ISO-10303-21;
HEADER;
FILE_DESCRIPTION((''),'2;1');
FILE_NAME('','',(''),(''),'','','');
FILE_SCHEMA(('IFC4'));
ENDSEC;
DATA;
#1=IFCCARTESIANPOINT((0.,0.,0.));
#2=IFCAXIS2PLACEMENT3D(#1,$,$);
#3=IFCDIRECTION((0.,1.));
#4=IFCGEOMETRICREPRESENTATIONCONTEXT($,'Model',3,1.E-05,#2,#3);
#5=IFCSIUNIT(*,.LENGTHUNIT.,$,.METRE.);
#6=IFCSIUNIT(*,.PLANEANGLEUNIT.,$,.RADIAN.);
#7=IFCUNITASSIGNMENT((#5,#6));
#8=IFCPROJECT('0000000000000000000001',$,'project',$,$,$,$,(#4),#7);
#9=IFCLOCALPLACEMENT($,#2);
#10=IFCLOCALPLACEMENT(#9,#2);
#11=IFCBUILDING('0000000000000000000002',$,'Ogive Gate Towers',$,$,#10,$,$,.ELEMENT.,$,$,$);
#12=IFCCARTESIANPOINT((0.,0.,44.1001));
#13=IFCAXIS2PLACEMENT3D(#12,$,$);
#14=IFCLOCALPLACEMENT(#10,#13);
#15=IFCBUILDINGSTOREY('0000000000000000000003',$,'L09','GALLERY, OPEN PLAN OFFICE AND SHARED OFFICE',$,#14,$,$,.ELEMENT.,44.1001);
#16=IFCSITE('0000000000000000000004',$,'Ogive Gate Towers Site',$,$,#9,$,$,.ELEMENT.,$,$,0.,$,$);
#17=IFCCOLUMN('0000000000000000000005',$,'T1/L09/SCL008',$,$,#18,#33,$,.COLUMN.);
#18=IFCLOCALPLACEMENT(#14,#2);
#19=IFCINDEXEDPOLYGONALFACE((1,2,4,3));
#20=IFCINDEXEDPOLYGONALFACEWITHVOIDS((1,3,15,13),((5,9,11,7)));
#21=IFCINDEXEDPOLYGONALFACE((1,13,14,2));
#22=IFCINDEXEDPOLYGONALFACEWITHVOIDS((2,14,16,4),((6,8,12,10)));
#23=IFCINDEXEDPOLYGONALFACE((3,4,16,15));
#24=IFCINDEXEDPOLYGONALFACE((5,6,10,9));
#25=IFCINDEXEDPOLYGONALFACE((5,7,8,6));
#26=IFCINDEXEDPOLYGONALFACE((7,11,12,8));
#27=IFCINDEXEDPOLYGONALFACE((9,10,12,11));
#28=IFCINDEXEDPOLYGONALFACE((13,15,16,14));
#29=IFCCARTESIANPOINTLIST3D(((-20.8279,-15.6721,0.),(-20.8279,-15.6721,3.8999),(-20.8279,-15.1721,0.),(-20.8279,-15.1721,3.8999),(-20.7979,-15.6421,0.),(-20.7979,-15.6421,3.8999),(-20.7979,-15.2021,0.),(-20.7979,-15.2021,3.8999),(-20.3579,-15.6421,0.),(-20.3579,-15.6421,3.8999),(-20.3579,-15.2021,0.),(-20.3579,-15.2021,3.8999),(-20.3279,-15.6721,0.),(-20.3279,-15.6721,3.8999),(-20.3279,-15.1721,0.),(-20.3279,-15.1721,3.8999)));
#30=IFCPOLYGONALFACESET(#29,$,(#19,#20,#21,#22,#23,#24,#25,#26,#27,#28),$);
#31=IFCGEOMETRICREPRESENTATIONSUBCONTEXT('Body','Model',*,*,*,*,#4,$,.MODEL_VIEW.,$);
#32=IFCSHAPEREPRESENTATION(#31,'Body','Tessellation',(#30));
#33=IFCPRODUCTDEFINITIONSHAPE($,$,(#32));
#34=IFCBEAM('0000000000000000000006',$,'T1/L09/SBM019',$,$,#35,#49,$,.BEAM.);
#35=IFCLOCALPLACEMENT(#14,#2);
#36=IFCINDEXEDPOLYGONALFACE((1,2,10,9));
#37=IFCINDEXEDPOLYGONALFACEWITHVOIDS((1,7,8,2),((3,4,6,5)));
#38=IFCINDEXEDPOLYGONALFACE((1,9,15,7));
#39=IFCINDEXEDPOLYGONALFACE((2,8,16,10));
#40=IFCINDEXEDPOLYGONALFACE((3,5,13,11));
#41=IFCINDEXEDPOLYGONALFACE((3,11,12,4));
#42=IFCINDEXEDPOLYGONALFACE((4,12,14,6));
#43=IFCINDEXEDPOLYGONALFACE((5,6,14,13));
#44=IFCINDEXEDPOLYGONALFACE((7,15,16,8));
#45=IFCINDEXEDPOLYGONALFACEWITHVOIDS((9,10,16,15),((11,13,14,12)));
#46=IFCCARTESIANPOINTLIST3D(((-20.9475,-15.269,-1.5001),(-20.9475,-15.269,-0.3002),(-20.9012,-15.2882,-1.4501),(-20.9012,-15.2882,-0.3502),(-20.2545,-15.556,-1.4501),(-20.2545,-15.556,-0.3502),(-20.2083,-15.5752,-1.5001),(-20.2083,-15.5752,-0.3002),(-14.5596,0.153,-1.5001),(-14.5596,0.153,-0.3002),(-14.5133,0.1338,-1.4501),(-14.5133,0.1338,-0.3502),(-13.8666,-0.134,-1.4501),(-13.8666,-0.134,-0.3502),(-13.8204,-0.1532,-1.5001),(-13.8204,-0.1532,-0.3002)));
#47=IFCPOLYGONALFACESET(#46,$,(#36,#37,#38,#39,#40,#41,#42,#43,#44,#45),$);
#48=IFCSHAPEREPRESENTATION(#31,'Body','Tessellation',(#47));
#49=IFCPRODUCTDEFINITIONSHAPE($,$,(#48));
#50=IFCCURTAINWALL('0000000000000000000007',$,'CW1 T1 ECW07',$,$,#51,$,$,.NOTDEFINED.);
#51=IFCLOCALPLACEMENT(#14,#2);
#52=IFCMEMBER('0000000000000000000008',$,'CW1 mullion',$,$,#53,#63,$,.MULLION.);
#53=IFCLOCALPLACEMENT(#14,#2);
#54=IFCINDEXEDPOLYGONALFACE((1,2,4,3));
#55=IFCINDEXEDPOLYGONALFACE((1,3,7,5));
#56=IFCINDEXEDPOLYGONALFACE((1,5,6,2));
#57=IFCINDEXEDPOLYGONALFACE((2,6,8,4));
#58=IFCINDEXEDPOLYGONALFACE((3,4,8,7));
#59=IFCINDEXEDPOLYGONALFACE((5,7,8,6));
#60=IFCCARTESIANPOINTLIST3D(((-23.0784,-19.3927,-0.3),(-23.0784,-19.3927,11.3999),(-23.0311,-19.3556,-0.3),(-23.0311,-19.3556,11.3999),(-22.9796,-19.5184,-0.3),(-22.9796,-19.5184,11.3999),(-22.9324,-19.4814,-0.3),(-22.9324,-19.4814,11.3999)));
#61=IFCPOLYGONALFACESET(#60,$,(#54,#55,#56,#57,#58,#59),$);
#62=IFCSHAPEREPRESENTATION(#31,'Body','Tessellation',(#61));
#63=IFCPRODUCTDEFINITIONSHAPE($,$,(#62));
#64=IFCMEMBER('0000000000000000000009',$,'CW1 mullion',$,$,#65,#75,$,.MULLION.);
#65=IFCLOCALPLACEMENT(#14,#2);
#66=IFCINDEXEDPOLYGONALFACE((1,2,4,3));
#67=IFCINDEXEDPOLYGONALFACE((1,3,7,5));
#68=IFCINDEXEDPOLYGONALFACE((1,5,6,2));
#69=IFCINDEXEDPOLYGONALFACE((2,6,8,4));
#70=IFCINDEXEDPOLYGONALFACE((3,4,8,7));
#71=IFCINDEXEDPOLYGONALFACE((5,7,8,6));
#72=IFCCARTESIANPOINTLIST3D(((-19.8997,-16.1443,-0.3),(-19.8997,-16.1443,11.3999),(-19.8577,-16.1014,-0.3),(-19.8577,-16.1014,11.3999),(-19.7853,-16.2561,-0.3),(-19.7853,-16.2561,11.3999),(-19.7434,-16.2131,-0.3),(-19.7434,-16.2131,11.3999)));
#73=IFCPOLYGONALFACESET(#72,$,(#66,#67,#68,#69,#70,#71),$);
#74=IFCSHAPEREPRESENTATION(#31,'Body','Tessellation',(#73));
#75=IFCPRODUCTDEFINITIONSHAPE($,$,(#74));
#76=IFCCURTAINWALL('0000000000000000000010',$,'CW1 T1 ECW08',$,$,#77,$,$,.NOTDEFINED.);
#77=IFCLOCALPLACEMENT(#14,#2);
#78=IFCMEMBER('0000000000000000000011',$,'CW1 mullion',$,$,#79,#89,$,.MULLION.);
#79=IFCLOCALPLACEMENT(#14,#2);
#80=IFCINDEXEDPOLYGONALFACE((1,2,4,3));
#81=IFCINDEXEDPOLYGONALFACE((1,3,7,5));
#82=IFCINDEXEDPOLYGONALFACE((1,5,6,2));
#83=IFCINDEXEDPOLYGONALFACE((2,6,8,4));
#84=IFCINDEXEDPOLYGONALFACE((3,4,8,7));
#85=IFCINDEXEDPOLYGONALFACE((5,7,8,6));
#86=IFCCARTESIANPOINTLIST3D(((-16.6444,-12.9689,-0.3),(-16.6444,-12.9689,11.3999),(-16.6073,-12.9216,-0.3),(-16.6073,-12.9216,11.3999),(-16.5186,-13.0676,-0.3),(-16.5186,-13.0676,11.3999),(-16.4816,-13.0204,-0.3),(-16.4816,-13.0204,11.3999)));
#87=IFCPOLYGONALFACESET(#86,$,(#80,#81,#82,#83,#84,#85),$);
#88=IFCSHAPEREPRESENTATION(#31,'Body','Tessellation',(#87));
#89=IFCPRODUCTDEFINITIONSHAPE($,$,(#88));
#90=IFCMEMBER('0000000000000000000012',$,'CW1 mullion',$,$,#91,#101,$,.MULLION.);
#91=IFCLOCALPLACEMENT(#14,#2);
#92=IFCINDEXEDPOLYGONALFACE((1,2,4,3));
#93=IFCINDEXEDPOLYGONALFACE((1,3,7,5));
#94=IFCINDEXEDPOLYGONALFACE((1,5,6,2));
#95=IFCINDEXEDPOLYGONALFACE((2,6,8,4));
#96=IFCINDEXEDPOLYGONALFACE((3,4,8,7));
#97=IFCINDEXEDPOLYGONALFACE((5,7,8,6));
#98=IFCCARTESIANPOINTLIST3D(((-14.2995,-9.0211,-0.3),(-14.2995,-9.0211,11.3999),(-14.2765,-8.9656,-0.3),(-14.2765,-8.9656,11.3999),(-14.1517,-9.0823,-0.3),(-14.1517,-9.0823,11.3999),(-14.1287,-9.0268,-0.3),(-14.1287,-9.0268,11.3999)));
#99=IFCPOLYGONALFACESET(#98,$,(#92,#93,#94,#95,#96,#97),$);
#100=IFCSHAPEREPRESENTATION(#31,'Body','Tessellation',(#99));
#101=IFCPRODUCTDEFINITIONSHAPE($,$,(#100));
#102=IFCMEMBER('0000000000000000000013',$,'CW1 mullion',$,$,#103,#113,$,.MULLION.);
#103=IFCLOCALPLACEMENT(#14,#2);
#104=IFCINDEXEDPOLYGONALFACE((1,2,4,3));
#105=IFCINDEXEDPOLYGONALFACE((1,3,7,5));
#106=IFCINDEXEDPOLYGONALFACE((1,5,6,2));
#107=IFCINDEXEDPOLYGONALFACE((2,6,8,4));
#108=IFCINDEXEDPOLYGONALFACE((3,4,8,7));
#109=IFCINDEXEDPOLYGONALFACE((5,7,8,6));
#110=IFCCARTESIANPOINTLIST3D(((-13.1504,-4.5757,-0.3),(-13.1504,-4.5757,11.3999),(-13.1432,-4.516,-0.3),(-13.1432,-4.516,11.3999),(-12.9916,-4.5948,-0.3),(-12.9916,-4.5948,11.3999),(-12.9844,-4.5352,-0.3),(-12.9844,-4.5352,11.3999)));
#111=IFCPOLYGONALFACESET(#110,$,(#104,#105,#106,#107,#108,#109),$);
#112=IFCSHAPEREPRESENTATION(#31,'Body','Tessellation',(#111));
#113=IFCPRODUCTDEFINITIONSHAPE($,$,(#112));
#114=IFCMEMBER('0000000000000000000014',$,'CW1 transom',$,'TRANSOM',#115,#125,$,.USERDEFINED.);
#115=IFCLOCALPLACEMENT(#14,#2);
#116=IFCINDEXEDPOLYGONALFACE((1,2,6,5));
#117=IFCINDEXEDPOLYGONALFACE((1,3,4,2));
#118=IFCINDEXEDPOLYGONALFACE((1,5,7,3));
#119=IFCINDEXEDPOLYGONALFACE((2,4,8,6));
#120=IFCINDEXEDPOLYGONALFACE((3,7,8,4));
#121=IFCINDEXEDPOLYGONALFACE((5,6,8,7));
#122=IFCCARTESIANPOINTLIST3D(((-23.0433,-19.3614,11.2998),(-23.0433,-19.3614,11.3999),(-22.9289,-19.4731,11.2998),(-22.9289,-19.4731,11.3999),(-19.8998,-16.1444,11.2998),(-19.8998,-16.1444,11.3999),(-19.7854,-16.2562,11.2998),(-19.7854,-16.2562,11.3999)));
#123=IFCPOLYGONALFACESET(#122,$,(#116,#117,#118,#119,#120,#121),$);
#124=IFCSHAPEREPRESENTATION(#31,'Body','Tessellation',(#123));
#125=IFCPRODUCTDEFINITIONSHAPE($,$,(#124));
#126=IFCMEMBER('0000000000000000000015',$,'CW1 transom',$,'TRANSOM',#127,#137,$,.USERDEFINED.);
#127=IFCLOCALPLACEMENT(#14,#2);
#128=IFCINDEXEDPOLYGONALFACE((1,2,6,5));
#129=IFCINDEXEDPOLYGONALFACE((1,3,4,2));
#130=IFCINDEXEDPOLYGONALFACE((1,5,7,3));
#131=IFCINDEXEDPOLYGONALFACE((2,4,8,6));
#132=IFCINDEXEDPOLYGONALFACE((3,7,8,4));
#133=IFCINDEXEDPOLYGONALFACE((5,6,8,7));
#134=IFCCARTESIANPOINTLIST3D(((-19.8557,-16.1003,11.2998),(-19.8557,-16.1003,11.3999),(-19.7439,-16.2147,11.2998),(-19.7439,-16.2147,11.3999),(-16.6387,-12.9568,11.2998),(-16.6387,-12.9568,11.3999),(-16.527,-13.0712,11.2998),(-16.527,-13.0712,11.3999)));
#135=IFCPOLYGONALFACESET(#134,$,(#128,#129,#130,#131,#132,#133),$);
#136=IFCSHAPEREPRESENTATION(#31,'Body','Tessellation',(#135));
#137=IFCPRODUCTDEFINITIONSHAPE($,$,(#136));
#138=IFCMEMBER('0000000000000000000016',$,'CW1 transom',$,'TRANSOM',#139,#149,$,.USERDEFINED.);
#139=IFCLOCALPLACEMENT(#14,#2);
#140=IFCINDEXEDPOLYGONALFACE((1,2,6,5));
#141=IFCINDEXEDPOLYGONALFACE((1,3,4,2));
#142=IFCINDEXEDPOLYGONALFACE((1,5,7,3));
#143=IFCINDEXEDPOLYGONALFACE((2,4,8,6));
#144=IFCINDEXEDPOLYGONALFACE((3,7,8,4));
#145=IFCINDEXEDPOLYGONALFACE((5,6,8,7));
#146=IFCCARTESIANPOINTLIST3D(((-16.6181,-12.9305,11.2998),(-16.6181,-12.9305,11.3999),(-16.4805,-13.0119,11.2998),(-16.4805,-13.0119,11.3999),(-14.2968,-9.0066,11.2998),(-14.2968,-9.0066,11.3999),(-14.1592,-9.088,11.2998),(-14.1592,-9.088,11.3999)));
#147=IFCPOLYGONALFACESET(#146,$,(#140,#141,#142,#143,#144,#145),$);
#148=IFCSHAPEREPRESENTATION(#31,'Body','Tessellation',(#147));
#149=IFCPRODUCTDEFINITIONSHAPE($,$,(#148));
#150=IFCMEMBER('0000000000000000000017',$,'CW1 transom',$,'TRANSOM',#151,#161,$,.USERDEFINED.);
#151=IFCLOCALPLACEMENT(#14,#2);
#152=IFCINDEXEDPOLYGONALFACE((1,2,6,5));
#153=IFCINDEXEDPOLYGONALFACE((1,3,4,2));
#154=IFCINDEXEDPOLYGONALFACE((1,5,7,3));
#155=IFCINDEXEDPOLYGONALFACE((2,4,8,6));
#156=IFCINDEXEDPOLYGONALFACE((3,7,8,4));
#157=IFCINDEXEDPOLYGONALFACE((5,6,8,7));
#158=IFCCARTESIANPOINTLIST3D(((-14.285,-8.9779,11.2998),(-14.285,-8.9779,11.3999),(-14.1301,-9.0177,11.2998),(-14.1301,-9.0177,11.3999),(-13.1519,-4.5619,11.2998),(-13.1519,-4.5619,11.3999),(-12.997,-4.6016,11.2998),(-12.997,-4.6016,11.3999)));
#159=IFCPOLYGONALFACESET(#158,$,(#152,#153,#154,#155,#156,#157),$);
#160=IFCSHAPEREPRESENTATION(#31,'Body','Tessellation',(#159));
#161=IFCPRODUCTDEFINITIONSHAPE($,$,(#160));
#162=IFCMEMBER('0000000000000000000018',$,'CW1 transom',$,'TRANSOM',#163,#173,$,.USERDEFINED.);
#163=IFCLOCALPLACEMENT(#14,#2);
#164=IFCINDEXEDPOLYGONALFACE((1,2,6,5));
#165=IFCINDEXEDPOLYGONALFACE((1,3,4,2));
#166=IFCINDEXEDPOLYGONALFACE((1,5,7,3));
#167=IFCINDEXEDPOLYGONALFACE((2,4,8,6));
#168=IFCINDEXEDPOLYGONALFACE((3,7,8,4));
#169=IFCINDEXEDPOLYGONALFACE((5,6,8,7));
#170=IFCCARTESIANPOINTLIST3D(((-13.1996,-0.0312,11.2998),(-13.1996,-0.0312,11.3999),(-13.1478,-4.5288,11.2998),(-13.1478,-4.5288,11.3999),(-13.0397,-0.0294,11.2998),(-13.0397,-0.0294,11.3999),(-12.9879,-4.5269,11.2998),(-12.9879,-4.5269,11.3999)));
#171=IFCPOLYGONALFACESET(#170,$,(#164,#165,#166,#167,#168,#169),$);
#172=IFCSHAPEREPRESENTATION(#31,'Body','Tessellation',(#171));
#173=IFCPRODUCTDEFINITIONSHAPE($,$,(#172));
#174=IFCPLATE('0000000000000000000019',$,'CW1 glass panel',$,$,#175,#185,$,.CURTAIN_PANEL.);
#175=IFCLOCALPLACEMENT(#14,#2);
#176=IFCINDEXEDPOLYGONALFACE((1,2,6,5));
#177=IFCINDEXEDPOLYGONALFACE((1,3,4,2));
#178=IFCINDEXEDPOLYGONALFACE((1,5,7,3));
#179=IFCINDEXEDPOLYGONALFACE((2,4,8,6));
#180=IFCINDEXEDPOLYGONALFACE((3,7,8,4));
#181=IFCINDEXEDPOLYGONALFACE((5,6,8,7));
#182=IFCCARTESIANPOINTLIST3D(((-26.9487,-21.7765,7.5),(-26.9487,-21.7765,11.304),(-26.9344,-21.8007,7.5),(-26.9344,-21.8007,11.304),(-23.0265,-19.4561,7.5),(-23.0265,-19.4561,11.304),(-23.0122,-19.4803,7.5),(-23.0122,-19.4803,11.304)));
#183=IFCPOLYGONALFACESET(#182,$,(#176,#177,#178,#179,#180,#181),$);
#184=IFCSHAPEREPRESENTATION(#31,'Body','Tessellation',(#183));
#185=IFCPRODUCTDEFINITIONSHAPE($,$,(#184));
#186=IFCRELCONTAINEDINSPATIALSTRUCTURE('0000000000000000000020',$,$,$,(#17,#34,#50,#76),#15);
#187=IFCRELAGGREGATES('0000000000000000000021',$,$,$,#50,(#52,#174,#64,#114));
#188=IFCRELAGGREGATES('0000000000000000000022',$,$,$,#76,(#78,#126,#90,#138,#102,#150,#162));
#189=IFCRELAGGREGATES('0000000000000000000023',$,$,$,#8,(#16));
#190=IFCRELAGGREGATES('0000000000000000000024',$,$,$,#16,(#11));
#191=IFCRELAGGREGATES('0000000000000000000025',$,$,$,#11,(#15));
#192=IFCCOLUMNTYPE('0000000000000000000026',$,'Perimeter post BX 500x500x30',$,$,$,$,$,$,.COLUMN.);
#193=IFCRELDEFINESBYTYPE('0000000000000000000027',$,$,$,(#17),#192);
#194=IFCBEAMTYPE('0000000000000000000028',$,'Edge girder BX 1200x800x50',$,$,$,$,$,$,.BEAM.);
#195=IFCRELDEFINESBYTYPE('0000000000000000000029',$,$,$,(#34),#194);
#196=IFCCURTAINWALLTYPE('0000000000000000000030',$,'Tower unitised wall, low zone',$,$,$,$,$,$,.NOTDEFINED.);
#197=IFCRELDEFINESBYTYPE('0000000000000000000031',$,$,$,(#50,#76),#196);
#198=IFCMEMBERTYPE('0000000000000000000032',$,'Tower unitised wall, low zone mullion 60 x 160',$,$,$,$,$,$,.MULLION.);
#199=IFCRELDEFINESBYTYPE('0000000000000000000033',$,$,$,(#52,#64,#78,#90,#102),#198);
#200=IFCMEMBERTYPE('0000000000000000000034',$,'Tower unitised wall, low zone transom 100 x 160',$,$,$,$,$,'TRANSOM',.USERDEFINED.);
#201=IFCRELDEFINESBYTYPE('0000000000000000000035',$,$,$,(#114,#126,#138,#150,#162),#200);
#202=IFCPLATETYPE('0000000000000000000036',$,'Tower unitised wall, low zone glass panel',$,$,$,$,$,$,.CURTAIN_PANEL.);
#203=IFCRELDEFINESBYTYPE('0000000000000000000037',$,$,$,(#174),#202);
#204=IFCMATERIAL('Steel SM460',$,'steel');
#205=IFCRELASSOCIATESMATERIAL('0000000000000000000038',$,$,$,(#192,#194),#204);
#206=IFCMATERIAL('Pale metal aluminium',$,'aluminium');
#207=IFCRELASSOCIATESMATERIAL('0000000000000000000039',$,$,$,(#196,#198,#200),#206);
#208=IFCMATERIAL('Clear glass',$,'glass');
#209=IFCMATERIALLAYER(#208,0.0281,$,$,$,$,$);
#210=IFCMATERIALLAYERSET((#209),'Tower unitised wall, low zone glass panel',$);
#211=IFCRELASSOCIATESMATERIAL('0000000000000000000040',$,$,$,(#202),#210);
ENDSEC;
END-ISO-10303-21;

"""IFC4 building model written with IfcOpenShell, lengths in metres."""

from ifc_helpers import new_model, si_unit, direction, frame, origin, origin_2d, place, context, subcontext, project, spatial, rectangle, hollow_rectangle, extrude, material, layer, layer_set, material_profile, profile_set, type_object, element, aggregate, save


model = new_model("IFC4")

# Units and contexts
model_context = context("Model", 3, precision=1e-05, world=origin(), true_north=direction((0.0, 1.0)))
body_context = subcontext(model_context, "Body", "Model", "MODEL_VIEW")
ifc_project = project(units=[si_unit("LENGTHUNIT", "METRE"), si_unit("PLANEANGLEUNIT", "RADIAN")], contexts=[model_context])

# Site, building, storey
site_placement = place(None, origin())
site = spatial("IfcSite", under=ifc_project, at=site_placement, Name="Ogive Gate Towers Site", CompositionType="ELEMENT", RefElevation=0.0)
building_placement = place(site_placement, origin())
building = spatial("IfcBuilding", under=site, at=building_placement, Name="Ogive Gate Towers", CompositionType="ELEMENT")
storey_placement = place(building_placement, frame((0.0, 0.0, 44.1001)))
storey = spatial("IfcBuildingStorey", under=building, at=storey_placement, Name="L09", Description="GALLERY, OPEN PLAN OFFICE AND SHARED OFFICE", CompositionType="ELEMENT", Elevation=44.1001)

# Column
ifc_material_1 = material(Name="Steel SM460", Category="steel")
ifc_material_profile_1 = material_profile(ifc_material_1, hollow_rectangle(XDim=0.5, YDim=0.5, WallThickness=0.03, at=origin_2d()), Name="BX 500x500x30")
ifc_profile_set_1 = profile_set([ifc_material_profile_1], Name="Steel SM460")
column_type = type_object("IfcColumnType", Name="Perimeter post BX 500x500x30", PredefinedType="COLUMN", material=ifc_profile_set_1)
column_placement = place(storey_placement, frame((-20.5779, -15.4221, 0.0), z_axis=(0.0, 0.0, 1.0), x_axis=(1.0, 0.0, 0.0)))
element("IfcColumn", 1, at=column_placement, inside=storey, type_object=column_type, Name="T1/L09/SCL008", PredefinedType="COLUMN", context=body_context, shape_type="SweptSolid", body=[
    extrude(hollow_rectangle(XDim=0.5, YDim=0.5, WallThickness=0.03, at=origin_2d()), origin(), (0.0, 0.0, 1.0), 3.8999),
])

# Beam
ifc_material_profile_2 = material_profile(ifc_material_1, hollow_rectangle(XDim=0.8, YDim=1.2, WallThickness=0.05, at=origin_2d()), Name="BX 1200x800x50")
ifc_profile_set_2 = profile_set([ifc_material_profile_2], Name="Steel SM460")
beam_type = type_object("IfcBeamType", Name="Edge girder BX 1200x800x50", PredefinedType="BEAM", material=ifc_profile_set_2)
beam_placement = place(storey_placement, frame((-20.5779, -15.4221, -0.9001), z_axis=(0.382678, 0.923882, 0.0), x_axis=(-0.923882, 0.382678, 0.0)))
element("IfcBeam", 2, at=beam_placement, inside=storey, type_object=beam_type, Name="T1/L09/SBM019", PredefinedType="BEAM", context=body_context, shape_type="SweptSolid", body=[
    extrude(hollow_rectangle(XDim=0.8, YDim=1.2, WallThickness=0.05, at=origin_2d()), origin(), (0.0, 0.0, 1.0), 16.6926),
])

# Curtain walls, members
ifc_material_2 = material(Name="Pale metal aluminium", Category="aluminium")
curtain_wall_type = type_object("IfcCurtainWallType", Name="Tower unitised wall, low zone", PredefinedType="NOTDEFINED", material=ifc_material_2)
curtain_wall_1_placement = place(storey_placement, origin())
curtain_wall_1 = element("IfcCurtainWall", 3, at=curtain_wall_1_placement, inside=storey, type_object=curtain_wall_type, Name="CW1 T1 ECW07", PredefinedType="NOTDEFINED")
ifc_material_profile_3 = material_profile(ifc_material_2, rectangle(XDim=0.1599, YDim=0.0601, at=origin_2d()), Name="60 x 160 aluminium box")
ifc_profile_set_3 = profile_set([ifc_material_profile_3], Name="Pale metal aluminium")
member_type_1 = type_object("IfcMemberType", Name="Tower unitised wall, low zone mullion 60 x 160", PredefinedType="MULLION", material=ifc_profile_set_3)
member_1_placement = place(storey_placement, frame((-23.0054, -19.437, -0.3), z_axis=(0.0, 0.0, 1.0), x_axis=(0.617516, -0.786558, 0.0)))
member_1 = element("IfcMember", 4, at=member_1_placement, type_object=member_type_1, Name="CW1 mullion", PredefinedType="MULLION", context=body_context, shape_type="SweptSolid", body=[
    extrude(rectangle(XDim=0.1599, YDim=0.0601, at=origin_2d()), origin(), (0.0, 0.0, 1.0), 11.7),
])
member_2_placement = place(storey_placement, frame((-19.8215, -16.1787, -0.3), z_axis=(0.0, 0.0, 1.0), x_axis=(0.715205, -0.698915, 0.0)))
member_2 = element("IfcMember", 5, at=member_2_placement, type_object=member_type_1, Name="CW1 mullion", PredefinedType="MULLION", context=body_context, shape_type="SweptSolid", body=[
    extrude(rectangle(XDim=0.1599, YDim=0.0601, at=origin_2d()), origin(), (0.0, 0.0, 1.0), 11.7),
])
curtain_wall_2_placement = place(storey_placement, origin())
curtain_wall_2 = element("IfcCurtainWall", 6, at=curtain_wall_2_placement, inside=storey, type_object=curtain_wall_type, Name="CW1 T1 ECW08", PredefinedType="NOTDEFINED")
member_3_placement = place(storey_placement, frame((-16.563, -12.9946, -0.3), z_axis=(0.0, 0.0, 1.0), x_axis=(0.786558, -0.617516, 0.0)))
member_3 = element("IfcMember", 7, at=member_3_placement, type_object=member_type_1, Name="CW1 mullion", PredefinedType="MULLION", context=body_context, shape_type="SweptSolid", body=[
    extrude(rectangle(XDim=0.1599, YDim=0.0601, at=origin_2d()), origin(), (0.0, 0.0, 1.0), 11.7),
])
member_4_placement = place(storey_placement, frame((-14.2141, -9.0239, -0.3), z_axis=(0.0, 0.0, 1.0), x_axis=(0.92388, -0.382683, 0.0)))
member_4 = element("IfcMember", 8, at=member_4_placement, type_object=member_type_1, Name="CW1 mullion", PredefinedType="MULLION", context=body_context, shape_type="SweptSolid", body=[
    extrude(rectangle(XDim=0.1599, YDim=0.0601, at=origin_2d()), origin(), (0.0, 0.0, 1.0), 11.7),
])
member_5_placement = place(storey_placement, frame((-13.0674, -4.5554, -0.3), z_axis=(0.0, 0.0, 1.0), x_axis=(0.992828, -0.119548, 0.0)))
member_5 = element("IfcMember", 9, at=member_5_placement, type_object=member_type_1, Name="CW1 mullion", PredefinedType="MULLION", context=body_context, shape_type="SweptSolid", body=[
    extrude(rectangle(XDim=0.1599, YDim=0.0601, at=origin_2d()), origin(), (0.0, 0.0, 1.0), 11.7),
])

# Members
ifc_material_profile_4 = material_profile(ifc_material_2, rectangle(XDim=0.1599, YDim=0.1001, at=origin_2d()), Name="100 x 160 aluminium box")
ifc_profile_set_4 = profile_set([ifc_material_profile_4], Name="Pale metal aluminium")
member_type_2 = type_object("IfcMemberType", Name="Tower unitised wall, low zone transom 100 x 160", ElementType="TRANSOM", PredefinedType="USERDEFINED", material=ifc_profile_set_4)
member_6_placement = place(storey_placement, frame((-22.9861, -19.4172, 11.3499), z_axis=(0.698891, 0.715229, 0.0), x_axis=(-0.715229, 0.698891, 0.0)))
member_6 = element("IfcMember", 10, at=member_6_placement, type_object=member_type_2, Name="CW1 transom", ObjectType="TRANSOM", PredefinedType="USERDEFINED", context=body_context, shape_type="SweptSolid", body=[
    extrude(rectangle(XDim=0.1599, YDim=0.1001, at=origin_2d()), origin(), (0.0, 0.0, 1.0), 4.4978),
])
member_7_placement = place(storey_placement, frame((-19.7998, -16.1575, 11.3499), z_axis=(0.715229, 0.698891, 0.0), x_axis=(-0.698891, 0.715229, 0.0)))
member_7 = element("IfcMember", 11, at=member_7_placement, type_object=member_type_2, Name="CW1 transom", ObjectType="TRANSOM", PredefinedType="USERDEFINED", context=body_context, shape_type="SweptSolid", body=[
    extrude(rectangle(XDim=0.1599, YDim=0.1001, at=origin_2d()), origin(), (0.0, 0.0, 1.0), 4.4978),
])
member_8_placement = place(storey_placement, frame((-16.5493, -12.9712, 11.3499), z_axis=(0.509162, 0.860671, 0.0), x_axis=(-0.860671, 0.509162, 0.0)))
member_8 = element("IfcMember", 12, at=member_8_placement, type_object=member_type_2, Name="CW1 transom", ObjectType="TRANSOM", PredefinedType="USERDEFINED", context=body_context, shape_type="SweptSolid", body=[
    extrude(rectangle(XDim=0.1599, YDim=0.1001, at=origin_2d()), origin(), (0.0, 0.0, 1.0), 4.5591),
])
member_9_placement = place(storey_placement, frame((-14.2075, -8.9978, 11.3499), z_axis=(0.248529, 0.968625, 0.0), x_axis=(-0.968625, 0.248529, 0.0)))
member_9 = element("IfcMember", 13, at=member_9_placement, type_object=member_type_2, Name="CW1 transom", ObjectType="TRANSOM", PredefinedType="USERDEFINED", context=body_context, shape_type="SweptSolid", body=[
    extrude(rectangle(XDim=0.1599, YDim=0.1001, at=origin_2d()), origin(), (0.0, 0.0, 1.0), 4.5591),
])
member_10_placement = place(storey_placement, frame((-13.0679, -4.5278, 11.3499), z_axis=(-0.011507, 0.999934, 0.0), x_axis=(-0.999934, -0.011507, 0.0)))
member_10 = element("IfcMember", 14, at=member_10_placement, type_object=member_type_2, Name="CW1 transom", ObjectType="TRANSOM", PredefinedType="USERDEFINED", context=body_context, shape_type="SweptSolid", body=[
    extrude(rectangle(XDim=0.1599, YDim=0.1001, at=origin_2d()), origin(), (0.0, 0.0, 1.0), 4.4978),
])

# Plate
ifc_material_3 = material(Name="Clear glass", Category="glass")
ifc_layer_1 = layer(ifc_material_3, 0.0281)
ifc_layer_set_1 = layer_set([ifc_layer_1], Name="Tower unitised wall, low zone glass panel")
plate_type = type_object("IfcPlateType", Name="Tower unitised wall, low zone glass panel", PredefinedType="CURTAIN_PANEL", material=ifc_layer_set_1)
plate_1_placement = place(storey_placement, frame((-24.9805, -20.6284, 7.5), z_axis=(0.0, 0.0, 1.0), x_axis=(0.860662, 0.509177, 0.0)))
plate_1 = element("IfcPlate", 15, at=plate_1_placement, type_object=plate_type, Name="CW1 glass panel", PredefinedType="CURTAIN_PANEL", context=body_context, shape_type="SweptSolid", body=[
    extrude(rectangle(XDim=4.5571, YDim=0.0281, at=origin_2d()), origin(), (0.0, 0.0, 1.0), 3.804),
])
aggregate(curtain_wall_1, [member_1, plate_1, member_2, member_6])
aggregate(curtain_wall_2, [member_3, member_7, member_4, member_8, member_5, member_9, member_10])

save(model, "model.ifc")
